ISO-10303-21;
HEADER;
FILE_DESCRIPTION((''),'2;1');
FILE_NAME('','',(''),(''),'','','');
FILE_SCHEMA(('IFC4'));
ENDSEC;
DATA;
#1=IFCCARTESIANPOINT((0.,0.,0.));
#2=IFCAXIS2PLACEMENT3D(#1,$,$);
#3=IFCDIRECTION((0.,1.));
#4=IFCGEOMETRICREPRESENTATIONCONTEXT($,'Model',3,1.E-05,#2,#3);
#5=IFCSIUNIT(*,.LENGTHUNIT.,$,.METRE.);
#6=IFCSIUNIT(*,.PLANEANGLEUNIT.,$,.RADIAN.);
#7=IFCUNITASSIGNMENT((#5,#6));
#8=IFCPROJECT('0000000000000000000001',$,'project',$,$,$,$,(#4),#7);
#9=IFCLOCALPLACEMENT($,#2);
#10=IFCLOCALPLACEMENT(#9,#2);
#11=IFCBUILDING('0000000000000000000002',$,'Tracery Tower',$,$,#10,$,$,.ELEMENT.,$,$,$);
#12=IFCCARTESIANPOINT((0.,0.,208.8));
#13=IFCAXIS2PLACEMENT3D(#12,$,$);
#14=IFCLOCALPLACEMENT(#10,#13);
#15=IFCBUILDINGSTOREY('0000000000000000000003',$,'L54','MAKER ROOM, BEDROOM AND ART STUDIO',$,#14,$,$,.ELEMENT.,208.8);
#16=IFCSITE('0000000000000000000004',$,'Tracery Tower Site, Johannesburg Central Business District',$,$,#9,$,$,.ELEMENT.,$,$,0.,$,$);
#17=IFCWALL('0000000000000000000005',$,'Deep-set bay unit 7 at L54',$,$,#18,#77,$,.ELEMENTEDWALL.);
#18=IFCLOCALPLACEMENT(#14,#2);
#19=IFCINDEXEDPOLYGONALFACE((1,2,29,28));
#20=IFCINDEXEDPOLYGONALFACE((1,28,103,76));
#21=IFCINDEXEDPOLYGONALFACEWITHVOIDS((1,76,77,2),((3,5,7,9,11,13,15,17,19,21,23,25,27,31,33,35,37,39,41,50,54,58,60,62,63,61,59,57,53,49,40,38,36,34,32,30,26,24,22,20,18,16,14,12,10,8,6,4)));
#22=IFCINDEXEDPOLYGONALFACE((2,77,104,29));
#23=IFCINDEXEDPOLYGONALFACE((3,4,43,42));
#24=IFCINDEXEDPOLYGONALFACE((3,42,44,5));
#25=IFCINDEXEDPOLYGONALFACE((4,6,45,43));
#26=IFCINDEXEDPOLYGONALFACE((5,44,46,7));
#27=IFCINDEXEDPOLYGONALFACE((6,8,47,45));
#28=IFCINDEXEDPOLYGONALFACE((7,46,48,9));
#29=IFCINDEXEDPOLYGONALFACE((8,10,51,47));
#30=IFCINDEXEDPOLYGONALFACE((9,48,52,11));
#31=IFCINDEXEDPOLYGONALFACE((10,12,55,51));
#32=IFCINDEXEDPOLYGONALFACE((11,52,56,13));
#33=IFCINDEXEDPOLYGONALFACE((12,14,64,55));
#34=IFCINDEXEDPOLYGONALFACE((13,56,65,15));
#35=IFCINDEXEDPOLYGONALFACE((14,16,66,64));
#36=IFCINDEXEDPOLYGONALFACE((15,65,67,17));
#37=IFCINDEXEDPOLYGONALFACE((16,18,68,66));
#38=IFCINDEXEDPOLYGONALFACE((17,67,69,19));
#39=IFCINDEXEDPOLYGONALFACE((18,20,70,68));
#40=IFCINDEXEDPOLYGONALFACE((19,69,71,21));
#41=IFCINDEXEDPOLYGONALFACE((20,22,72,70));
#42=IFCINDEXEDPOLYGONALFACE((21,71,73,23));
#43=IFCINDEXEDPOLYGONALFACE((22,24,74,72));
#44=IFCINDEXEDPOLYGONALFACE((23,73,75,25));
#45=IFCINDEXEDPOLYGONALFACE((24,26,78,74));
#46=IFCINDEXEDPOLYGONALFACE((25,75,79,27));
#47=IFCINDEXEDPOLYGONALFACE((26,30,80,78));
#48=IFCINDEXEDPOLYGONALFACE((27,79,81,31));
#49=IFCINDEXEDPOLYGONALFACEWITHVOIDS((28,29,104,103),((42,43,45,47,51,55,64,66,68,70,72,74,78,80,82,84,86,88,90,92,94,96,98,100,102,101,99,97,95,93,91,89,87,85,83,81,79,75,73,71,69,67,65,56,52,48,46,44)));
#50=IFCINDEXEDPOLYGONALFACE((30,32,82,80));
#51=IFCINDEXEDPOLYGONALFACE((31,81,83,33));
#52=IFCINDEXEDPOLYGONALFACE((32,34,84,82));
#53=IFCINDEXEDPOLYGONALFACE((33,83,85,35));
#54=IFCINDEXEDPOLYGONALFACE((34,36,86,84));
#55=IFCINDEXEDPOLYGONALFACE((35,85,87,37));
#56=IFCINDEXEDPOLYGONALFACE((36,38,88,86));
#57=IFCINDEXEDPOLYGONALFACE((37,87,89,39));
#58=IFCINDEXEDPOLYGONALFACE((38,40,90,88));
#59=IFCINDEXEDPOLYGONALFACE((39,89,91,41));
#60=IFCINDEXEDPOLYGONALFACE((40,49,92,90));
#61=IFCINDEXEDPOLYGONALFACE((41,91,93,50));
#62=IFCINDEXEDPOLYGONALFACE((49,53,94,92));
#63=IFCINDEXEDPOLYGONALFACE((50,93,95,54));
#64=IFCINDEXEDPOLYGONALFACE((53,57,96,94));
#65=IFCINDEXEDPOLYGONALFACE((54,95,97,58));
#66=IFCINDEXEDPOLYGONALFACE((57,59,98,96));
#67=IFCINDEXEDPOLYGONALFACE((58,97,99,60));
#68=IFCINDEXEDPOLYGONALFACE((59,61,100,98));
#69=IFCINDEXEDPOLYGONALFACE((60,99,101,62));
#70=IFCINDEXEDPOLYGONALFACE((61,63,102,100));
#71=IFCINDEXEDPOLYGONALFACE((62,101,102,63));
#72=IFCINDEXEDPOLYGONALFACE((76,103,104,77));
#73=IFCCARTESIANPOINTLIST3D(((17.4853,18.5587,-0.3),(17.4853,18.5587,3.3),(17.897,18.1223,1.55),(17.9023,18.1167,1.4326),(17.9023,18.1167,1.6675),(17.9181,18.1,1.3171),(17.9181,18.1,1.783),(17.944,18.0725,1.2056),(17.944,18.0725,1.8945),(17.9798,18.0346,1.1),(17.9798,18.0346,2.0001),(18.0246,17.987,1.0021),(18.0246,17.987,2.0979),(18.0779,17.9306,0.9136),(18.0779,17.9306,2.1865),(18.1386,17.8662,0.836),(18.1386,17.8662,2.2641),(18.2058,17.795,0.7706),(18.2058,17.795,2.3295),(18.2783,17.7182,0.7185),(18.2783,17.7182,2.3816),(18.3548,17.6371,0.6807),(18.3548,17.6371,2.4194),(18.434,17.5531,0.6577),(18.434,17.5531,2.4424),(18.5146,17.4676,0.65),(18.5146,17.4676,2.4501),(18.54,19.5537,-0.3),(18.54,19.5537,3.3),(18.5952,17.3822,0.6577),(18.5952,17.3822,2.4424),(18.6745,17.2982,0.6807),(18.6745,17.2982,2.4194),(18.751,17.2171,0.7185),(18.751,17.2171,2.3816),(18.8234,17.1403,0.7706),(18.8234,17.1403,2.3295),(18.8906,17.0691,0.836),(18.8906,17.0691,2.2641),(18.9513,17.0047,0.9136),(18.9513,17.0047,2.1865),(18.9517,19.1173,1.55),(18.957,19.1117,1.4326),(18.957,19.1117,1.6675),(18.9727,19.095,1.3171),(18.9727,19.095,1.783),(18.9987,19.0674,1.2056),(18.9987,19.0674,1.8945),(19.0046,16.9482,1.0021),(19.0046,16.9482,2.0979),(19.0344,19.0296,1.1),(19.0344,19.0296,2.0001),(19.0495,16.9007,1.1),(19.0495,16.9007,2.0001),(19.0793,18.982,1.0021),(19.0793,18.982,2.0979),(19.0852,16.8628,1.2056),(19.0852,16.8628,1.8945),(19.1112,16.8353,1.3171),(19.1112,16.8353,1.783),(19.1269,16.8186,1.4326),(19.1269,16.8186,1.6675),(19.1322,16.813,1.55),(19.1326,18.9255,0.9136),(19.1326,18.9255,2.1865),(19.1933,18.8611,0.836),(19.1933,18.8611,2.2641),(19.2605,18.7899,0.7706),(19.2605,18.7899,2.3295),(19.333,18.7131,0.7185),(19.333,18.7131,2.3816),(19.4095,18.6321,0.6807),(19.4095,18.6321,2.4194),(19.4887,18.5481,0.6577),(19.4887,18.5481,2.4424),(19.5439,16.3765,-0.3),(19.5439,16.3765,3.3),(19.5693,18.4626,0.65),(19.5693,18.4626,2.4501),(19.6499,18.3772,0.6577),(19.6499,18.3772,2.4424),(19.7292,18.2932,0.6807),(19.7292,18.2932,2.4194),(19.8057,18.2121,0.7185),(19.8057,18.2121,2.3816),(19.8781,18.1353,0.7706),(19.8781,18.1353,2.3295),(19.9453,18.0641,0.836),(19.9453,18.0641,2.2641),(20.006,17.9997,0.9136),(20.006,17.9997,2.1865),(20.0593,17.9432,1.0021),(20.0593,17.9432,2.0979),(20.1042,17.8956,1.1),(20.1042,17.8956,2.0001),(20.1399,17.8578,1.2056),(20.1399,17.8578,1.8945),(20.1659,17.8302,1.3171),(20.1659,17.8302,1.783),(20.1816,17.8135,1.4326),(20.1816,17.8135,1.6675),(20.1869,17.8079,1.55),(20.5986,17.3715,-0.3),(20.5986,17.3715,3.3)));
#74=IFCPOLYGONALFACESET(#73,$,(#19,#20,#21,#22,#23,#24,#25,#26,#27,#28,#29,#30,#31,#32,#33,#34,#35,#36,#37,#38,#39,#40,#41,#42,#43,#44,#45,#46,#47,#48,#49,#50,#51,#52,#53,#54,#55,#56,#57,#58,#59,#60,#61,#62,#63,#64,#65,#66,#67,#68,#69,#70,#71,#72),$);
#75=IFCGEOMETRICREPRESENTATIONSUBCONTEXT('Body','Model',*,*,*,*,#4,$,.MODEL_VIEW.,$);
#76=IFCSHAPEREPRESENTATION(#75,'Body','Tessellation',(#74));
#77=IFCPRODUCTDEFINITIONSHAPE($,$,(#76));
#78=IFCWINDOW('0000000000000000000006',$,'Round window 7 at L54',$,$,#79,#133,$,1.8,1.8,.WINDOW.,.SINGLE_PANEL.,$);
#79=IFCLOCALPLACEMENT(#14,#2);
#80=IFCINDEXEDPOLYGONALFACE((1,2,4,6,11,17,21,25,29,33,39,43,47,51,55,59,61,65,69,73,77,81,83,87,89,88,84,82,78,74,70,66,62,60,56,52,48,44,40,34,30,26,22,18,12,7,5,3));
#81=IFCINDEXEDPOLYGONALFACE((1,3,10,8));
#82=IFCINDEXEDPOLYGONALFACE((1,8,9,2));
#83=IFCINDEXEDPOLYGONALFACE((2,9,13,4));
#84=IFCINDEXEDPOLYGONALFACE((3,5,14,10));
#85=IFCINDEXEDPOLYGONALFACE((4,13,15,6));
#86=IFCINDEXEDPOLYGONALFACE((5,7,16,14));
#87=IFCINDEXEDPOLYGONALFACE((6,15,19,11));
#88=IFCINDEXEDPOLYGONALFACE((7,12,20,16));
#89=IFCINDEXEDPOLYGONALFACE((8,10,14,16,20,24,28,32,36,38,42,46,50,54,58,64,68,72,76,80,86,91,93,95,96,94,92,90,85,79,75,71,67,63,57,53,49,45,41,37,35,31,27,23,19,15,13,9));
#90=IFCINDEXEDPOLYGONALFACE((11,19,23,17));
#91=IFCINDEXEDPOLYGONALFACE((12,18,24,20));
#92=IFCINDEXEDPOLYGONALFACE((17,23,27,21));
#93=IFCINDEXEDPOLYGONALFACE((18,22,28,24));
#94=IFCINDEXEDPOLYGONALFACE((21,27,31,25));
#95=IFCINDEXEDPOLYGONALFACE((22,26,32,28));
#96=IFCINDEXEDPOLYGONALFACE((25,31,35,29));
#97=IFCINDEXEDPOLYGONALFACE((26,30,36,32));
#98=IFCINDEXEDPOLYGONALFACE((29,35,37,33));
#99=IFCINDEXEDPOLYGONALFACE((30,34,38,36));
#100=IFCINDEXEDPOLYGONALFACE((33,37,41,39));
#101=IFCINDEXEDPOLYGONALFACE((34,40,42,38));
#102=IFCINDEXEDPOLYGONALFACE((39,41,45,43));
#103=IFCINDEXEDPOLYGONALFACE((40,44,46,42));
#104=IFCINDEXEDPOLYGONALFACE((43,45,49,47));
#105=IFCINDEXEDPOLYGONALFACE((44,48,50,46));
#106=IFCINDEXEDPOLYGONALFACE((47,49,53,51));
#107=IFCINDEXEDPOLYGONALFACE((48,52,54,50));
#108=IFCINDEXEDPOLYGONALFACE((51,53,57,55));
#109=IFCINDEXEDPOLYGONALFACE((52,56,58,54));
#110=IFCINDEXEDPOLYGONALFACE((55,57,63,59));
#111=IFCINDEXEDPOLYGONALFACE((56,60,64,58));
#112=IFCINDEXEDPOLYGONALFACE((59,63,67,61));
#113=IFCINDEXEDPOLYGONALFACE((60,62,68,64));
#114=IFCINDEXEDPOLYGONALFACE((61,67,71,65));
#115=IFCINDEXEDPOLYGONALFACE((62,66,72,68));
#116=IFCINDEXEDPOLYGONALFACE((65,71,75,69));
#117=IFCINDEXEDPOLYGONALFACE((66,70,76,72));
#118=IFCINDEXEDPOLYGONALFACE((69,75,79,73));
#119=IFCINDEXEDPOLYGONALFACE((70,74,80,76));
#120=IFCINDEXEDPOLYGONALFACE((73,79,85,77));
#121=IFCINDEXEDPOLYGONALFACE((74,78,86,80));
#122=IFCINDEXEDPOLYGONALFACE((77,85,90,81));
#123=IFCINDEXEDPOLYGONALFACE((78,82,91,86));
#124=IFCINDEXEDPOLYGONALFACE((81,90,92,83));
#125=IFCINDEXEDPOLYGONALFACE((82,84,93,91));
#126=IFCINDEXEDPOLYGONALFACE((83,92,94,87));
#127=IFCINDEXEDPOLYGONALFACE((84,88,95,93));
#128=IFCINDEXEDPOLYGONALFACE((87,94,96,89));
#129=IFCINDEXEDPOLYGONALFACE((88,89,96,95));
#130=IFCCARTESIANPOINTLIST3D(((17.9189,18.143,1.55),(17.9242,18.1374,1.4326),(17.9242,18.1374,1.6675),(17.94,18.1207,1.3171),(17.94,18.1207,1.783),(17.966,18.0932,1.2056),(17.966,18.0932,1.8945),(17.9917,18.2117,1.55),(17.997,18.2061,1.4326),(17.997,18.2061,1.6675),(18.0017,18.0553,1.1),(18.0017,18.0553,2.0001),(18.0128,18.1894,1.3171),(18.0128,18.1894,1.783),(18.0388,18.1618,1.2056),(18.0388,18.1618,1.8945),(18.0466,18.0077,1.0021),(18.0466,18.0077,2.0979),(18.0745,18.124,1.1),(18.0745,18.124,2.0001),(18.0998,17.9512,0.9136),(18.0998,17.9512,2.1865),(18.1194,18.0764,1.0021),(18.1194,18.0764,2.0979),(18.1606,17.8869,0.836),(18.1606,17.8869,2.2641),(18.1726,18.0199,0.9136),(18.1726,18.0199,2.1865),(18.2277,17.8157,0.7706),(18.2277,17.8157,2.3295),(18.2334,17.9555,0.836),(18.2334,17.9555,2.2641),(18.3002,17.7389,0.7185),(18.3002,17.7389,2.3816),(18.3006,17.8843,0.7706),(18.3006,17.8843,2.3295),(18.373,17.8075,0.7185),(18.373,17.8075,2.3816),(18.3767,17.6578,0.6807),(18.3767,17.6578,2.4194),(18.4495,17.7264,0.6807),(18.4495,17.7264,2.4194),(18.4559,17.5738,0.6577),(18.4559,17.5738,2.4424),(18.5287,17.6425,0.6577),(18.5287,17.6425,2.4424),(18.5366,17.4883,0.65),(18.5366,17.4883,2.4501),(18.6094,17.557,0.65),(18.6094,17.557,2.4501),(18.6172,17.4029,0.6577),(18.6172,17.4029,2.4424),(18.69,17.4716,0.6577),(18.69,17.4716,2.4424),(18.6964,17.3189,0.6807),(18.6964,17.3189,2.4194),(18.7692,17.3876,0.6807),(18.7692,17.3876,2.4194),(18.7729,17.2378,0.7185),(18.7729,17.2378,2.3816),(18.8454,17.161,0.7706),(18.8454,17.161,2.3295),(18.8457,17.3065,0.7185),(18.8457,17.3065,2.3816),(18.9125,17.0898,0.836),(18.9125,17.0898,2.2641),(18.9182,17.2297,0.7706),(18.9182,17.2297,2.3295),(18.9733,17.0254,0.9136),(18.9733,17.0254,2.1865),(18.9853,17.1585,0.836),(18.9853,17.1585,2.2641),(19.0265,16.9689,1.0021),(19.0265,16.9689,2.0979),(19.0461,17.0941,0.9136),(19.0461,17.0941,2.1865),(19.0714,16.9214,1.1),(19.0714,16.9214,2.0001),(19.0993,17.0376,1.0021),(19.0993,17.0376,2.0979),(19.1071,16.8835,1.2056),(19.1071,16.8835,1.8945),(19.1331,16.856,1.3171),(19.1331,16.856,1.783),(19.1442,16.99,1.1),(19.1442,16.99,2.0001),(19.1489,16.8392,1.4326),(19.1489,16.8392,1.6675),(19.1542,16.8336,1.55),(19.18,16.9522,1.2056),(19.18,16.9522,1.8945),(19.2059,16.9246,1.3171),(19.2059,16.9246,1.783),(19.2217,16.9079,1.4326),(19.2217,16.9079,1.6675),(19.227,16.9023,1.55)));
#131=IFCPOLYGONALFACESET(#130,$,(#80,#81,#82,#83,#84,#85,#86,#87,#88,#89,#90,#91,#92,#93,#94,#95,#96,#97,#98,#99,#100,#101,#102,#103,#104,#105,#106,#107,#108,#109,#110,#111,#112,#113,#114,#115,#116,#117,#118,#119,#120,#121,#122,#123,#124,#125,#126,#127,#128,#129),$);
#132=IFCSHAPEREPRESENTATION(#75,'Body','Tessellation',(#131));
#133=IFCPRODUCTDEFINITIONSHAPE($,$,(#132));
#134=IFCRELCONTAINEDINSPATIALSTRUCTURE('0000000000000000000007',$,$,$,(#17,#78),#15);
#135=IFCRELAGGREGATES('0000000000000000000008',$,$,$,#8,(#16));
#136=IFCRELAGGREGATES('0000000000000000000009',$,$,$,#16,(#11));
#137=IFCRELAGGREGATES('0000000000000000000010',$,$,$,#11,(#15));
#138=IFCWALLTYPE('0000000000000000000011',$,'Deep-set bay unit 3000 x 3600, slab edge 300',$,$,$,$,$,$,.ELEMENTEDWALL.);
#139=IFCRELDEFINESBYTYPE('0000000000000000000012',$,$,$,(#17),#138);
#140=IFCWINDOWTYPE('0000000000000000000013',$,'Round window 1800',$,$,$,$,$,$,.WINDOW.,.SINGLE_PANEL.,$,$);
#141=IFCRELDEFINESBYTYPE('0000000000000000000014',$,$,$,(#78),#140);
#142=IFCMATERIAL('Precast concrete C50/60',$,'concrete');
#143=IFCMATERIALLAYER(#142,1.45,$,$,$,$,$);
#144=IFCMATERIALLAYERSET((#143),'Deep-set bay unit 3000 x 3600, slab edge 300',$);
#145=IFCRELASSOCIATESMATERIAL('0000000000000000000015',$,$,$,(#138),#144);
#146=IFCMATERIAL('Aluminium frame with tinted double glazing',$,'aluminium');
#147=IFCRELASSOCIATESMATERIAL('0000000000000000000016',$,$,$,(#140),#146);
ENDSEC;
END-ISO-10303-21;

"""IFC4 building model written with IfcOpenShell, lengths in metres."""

from ifc_helpers import new_model, si_unit, direction, frame, frame_2d, origin, origin_2d, place, context, subcontext, project, spatial, rectangle, circle, extrude, material, layer, layer_set, type_object, element, fill, save


model = new_model("IFC4")

# Units and contexts
model_context = context("Model", 3, precision=1e-05, world=origin(), true_north=direction((0.0, 1.0)))
body_context = subcontext(model_context, "Body", "Model", "MODEL_VIEW")
ifc_project = project(units=[si_unit("LENGTHUNIT", "METRE"), si_unit("PLANEANGLEUNIT", "RADIAN")], contexts=[model_context])

# Site, building, storey
site_placement = place(None, origin())
site = spatial("IfcSite", under=ifc_project, at=site_placement, Name="Tracery Tower Site, Johannesburg Central Business District", CompositionType="ELEMENT", RefElevation=0.0)
building_placement = place(site_placement, origin())
building = spatial("IfcBuilding", under=site, at=building_placement, Name="Tracery Tower", CompositionType="ELEMENT")
storey_placement = place(building_placement, frame((0.0, 0.0, 208.8)))
storey = spatial("IfcBuildingStorey", under=building, at=storey_placement, Name="L54", Description="MAKER ROOM, BEDROOM AND ART STUDIO", CompositionType="ELEMENT", Elevation=208.8)

# Wall, opening, window
ifc_material_1 = material(Name="Precast concrete C50/60", Category="concrete")
ifc_layer_1 = layer(ifc_material_1, 1.45)
ifc_layer_set_1 = layer_set([ifc_layer_1], Name="Deep-set bay unit 3000 x 3600, slab edge 300")
wall_type_1 = type_object("IfcWallType", Name="Deep-set bay unit 3000 x 3600, slab edge 300", PredefinedType="ELEMENTEDWALL", material=ifc_layer_set_1)
wall_1_placement = place(storey_placement, frame((20.0713, 16.874, -0.3), z_axis=(0.0, 0.0, 1.0), x_axis=(-0.686217, 0.727397, 0.0)))
wall_1 = element("IfcWall", 1, at=wall_1_placement, inside=storey, type_object=wall_type_1, Name="Deep-set bay unit 7 at L54", PredefinedType="ELEMENTEDWALL", context=body_context, shape_type="SweptSolid", body=[
    extrude(rectangle(XDim=3.0, YDim=1.45, at=frame_2d((1.5, 0.0))), origin(), (0.0, 0.0, 1.0), 3.6001),
])
opening_1_placement = place(wall_1_placement, frame((1.5, 0.0, 1.8501)))
opening_1 = element("IfcOpeningElement", 2, at=opening_1_placement, cuts=wall_1, PredefinedType="OPENING", context=body_context, shape_type="SweptSolid", body=[
    extrude(circle(Radius=0.9, at=origin_2d()), frame((0.0, 0.7349, 0.0), z_axis=(0.0, -1.0, 0.0), x_axis=(1.0, 0.0, 0.0)), (0.0, 0.0, 1.0), 1.47),
])
ifc_material_2 = material(Name="Aluminium frame with tinted double glazing", Category="aluminium")
window_type = type_object("IfcWindowType", Name="Round window 1800", PartitioningType="SINGLE_PANEL", PredefinedType="WINDOW", material=ifc_material_2)
window_1_placement = place(opening_1_placement, origin())
window_1 = element("IfcWindow", 3, at=window_1_placement, inside=storey, type_object=window_type, Name="Round window 7 at L54", OverallHeight=1.8, OverallWidth=1.8, PartitioningType="SINGLE_PANEL", PredefinedType="WINDOW", context=body_context, shape_type="SweptSolid", body=[
    extrude(circle(Radius=0.9, at=origin_2d()), frame((0.0, 0.6948, 0.0), z_axis=(0.0, -1.0, 0.0), x_axis=(1.0, 0.0, 0.0)), (0.0, 0.0, 1.0), 0.1001),
])
fill(opening_1, window_1)

save(model, "model.ifc")
